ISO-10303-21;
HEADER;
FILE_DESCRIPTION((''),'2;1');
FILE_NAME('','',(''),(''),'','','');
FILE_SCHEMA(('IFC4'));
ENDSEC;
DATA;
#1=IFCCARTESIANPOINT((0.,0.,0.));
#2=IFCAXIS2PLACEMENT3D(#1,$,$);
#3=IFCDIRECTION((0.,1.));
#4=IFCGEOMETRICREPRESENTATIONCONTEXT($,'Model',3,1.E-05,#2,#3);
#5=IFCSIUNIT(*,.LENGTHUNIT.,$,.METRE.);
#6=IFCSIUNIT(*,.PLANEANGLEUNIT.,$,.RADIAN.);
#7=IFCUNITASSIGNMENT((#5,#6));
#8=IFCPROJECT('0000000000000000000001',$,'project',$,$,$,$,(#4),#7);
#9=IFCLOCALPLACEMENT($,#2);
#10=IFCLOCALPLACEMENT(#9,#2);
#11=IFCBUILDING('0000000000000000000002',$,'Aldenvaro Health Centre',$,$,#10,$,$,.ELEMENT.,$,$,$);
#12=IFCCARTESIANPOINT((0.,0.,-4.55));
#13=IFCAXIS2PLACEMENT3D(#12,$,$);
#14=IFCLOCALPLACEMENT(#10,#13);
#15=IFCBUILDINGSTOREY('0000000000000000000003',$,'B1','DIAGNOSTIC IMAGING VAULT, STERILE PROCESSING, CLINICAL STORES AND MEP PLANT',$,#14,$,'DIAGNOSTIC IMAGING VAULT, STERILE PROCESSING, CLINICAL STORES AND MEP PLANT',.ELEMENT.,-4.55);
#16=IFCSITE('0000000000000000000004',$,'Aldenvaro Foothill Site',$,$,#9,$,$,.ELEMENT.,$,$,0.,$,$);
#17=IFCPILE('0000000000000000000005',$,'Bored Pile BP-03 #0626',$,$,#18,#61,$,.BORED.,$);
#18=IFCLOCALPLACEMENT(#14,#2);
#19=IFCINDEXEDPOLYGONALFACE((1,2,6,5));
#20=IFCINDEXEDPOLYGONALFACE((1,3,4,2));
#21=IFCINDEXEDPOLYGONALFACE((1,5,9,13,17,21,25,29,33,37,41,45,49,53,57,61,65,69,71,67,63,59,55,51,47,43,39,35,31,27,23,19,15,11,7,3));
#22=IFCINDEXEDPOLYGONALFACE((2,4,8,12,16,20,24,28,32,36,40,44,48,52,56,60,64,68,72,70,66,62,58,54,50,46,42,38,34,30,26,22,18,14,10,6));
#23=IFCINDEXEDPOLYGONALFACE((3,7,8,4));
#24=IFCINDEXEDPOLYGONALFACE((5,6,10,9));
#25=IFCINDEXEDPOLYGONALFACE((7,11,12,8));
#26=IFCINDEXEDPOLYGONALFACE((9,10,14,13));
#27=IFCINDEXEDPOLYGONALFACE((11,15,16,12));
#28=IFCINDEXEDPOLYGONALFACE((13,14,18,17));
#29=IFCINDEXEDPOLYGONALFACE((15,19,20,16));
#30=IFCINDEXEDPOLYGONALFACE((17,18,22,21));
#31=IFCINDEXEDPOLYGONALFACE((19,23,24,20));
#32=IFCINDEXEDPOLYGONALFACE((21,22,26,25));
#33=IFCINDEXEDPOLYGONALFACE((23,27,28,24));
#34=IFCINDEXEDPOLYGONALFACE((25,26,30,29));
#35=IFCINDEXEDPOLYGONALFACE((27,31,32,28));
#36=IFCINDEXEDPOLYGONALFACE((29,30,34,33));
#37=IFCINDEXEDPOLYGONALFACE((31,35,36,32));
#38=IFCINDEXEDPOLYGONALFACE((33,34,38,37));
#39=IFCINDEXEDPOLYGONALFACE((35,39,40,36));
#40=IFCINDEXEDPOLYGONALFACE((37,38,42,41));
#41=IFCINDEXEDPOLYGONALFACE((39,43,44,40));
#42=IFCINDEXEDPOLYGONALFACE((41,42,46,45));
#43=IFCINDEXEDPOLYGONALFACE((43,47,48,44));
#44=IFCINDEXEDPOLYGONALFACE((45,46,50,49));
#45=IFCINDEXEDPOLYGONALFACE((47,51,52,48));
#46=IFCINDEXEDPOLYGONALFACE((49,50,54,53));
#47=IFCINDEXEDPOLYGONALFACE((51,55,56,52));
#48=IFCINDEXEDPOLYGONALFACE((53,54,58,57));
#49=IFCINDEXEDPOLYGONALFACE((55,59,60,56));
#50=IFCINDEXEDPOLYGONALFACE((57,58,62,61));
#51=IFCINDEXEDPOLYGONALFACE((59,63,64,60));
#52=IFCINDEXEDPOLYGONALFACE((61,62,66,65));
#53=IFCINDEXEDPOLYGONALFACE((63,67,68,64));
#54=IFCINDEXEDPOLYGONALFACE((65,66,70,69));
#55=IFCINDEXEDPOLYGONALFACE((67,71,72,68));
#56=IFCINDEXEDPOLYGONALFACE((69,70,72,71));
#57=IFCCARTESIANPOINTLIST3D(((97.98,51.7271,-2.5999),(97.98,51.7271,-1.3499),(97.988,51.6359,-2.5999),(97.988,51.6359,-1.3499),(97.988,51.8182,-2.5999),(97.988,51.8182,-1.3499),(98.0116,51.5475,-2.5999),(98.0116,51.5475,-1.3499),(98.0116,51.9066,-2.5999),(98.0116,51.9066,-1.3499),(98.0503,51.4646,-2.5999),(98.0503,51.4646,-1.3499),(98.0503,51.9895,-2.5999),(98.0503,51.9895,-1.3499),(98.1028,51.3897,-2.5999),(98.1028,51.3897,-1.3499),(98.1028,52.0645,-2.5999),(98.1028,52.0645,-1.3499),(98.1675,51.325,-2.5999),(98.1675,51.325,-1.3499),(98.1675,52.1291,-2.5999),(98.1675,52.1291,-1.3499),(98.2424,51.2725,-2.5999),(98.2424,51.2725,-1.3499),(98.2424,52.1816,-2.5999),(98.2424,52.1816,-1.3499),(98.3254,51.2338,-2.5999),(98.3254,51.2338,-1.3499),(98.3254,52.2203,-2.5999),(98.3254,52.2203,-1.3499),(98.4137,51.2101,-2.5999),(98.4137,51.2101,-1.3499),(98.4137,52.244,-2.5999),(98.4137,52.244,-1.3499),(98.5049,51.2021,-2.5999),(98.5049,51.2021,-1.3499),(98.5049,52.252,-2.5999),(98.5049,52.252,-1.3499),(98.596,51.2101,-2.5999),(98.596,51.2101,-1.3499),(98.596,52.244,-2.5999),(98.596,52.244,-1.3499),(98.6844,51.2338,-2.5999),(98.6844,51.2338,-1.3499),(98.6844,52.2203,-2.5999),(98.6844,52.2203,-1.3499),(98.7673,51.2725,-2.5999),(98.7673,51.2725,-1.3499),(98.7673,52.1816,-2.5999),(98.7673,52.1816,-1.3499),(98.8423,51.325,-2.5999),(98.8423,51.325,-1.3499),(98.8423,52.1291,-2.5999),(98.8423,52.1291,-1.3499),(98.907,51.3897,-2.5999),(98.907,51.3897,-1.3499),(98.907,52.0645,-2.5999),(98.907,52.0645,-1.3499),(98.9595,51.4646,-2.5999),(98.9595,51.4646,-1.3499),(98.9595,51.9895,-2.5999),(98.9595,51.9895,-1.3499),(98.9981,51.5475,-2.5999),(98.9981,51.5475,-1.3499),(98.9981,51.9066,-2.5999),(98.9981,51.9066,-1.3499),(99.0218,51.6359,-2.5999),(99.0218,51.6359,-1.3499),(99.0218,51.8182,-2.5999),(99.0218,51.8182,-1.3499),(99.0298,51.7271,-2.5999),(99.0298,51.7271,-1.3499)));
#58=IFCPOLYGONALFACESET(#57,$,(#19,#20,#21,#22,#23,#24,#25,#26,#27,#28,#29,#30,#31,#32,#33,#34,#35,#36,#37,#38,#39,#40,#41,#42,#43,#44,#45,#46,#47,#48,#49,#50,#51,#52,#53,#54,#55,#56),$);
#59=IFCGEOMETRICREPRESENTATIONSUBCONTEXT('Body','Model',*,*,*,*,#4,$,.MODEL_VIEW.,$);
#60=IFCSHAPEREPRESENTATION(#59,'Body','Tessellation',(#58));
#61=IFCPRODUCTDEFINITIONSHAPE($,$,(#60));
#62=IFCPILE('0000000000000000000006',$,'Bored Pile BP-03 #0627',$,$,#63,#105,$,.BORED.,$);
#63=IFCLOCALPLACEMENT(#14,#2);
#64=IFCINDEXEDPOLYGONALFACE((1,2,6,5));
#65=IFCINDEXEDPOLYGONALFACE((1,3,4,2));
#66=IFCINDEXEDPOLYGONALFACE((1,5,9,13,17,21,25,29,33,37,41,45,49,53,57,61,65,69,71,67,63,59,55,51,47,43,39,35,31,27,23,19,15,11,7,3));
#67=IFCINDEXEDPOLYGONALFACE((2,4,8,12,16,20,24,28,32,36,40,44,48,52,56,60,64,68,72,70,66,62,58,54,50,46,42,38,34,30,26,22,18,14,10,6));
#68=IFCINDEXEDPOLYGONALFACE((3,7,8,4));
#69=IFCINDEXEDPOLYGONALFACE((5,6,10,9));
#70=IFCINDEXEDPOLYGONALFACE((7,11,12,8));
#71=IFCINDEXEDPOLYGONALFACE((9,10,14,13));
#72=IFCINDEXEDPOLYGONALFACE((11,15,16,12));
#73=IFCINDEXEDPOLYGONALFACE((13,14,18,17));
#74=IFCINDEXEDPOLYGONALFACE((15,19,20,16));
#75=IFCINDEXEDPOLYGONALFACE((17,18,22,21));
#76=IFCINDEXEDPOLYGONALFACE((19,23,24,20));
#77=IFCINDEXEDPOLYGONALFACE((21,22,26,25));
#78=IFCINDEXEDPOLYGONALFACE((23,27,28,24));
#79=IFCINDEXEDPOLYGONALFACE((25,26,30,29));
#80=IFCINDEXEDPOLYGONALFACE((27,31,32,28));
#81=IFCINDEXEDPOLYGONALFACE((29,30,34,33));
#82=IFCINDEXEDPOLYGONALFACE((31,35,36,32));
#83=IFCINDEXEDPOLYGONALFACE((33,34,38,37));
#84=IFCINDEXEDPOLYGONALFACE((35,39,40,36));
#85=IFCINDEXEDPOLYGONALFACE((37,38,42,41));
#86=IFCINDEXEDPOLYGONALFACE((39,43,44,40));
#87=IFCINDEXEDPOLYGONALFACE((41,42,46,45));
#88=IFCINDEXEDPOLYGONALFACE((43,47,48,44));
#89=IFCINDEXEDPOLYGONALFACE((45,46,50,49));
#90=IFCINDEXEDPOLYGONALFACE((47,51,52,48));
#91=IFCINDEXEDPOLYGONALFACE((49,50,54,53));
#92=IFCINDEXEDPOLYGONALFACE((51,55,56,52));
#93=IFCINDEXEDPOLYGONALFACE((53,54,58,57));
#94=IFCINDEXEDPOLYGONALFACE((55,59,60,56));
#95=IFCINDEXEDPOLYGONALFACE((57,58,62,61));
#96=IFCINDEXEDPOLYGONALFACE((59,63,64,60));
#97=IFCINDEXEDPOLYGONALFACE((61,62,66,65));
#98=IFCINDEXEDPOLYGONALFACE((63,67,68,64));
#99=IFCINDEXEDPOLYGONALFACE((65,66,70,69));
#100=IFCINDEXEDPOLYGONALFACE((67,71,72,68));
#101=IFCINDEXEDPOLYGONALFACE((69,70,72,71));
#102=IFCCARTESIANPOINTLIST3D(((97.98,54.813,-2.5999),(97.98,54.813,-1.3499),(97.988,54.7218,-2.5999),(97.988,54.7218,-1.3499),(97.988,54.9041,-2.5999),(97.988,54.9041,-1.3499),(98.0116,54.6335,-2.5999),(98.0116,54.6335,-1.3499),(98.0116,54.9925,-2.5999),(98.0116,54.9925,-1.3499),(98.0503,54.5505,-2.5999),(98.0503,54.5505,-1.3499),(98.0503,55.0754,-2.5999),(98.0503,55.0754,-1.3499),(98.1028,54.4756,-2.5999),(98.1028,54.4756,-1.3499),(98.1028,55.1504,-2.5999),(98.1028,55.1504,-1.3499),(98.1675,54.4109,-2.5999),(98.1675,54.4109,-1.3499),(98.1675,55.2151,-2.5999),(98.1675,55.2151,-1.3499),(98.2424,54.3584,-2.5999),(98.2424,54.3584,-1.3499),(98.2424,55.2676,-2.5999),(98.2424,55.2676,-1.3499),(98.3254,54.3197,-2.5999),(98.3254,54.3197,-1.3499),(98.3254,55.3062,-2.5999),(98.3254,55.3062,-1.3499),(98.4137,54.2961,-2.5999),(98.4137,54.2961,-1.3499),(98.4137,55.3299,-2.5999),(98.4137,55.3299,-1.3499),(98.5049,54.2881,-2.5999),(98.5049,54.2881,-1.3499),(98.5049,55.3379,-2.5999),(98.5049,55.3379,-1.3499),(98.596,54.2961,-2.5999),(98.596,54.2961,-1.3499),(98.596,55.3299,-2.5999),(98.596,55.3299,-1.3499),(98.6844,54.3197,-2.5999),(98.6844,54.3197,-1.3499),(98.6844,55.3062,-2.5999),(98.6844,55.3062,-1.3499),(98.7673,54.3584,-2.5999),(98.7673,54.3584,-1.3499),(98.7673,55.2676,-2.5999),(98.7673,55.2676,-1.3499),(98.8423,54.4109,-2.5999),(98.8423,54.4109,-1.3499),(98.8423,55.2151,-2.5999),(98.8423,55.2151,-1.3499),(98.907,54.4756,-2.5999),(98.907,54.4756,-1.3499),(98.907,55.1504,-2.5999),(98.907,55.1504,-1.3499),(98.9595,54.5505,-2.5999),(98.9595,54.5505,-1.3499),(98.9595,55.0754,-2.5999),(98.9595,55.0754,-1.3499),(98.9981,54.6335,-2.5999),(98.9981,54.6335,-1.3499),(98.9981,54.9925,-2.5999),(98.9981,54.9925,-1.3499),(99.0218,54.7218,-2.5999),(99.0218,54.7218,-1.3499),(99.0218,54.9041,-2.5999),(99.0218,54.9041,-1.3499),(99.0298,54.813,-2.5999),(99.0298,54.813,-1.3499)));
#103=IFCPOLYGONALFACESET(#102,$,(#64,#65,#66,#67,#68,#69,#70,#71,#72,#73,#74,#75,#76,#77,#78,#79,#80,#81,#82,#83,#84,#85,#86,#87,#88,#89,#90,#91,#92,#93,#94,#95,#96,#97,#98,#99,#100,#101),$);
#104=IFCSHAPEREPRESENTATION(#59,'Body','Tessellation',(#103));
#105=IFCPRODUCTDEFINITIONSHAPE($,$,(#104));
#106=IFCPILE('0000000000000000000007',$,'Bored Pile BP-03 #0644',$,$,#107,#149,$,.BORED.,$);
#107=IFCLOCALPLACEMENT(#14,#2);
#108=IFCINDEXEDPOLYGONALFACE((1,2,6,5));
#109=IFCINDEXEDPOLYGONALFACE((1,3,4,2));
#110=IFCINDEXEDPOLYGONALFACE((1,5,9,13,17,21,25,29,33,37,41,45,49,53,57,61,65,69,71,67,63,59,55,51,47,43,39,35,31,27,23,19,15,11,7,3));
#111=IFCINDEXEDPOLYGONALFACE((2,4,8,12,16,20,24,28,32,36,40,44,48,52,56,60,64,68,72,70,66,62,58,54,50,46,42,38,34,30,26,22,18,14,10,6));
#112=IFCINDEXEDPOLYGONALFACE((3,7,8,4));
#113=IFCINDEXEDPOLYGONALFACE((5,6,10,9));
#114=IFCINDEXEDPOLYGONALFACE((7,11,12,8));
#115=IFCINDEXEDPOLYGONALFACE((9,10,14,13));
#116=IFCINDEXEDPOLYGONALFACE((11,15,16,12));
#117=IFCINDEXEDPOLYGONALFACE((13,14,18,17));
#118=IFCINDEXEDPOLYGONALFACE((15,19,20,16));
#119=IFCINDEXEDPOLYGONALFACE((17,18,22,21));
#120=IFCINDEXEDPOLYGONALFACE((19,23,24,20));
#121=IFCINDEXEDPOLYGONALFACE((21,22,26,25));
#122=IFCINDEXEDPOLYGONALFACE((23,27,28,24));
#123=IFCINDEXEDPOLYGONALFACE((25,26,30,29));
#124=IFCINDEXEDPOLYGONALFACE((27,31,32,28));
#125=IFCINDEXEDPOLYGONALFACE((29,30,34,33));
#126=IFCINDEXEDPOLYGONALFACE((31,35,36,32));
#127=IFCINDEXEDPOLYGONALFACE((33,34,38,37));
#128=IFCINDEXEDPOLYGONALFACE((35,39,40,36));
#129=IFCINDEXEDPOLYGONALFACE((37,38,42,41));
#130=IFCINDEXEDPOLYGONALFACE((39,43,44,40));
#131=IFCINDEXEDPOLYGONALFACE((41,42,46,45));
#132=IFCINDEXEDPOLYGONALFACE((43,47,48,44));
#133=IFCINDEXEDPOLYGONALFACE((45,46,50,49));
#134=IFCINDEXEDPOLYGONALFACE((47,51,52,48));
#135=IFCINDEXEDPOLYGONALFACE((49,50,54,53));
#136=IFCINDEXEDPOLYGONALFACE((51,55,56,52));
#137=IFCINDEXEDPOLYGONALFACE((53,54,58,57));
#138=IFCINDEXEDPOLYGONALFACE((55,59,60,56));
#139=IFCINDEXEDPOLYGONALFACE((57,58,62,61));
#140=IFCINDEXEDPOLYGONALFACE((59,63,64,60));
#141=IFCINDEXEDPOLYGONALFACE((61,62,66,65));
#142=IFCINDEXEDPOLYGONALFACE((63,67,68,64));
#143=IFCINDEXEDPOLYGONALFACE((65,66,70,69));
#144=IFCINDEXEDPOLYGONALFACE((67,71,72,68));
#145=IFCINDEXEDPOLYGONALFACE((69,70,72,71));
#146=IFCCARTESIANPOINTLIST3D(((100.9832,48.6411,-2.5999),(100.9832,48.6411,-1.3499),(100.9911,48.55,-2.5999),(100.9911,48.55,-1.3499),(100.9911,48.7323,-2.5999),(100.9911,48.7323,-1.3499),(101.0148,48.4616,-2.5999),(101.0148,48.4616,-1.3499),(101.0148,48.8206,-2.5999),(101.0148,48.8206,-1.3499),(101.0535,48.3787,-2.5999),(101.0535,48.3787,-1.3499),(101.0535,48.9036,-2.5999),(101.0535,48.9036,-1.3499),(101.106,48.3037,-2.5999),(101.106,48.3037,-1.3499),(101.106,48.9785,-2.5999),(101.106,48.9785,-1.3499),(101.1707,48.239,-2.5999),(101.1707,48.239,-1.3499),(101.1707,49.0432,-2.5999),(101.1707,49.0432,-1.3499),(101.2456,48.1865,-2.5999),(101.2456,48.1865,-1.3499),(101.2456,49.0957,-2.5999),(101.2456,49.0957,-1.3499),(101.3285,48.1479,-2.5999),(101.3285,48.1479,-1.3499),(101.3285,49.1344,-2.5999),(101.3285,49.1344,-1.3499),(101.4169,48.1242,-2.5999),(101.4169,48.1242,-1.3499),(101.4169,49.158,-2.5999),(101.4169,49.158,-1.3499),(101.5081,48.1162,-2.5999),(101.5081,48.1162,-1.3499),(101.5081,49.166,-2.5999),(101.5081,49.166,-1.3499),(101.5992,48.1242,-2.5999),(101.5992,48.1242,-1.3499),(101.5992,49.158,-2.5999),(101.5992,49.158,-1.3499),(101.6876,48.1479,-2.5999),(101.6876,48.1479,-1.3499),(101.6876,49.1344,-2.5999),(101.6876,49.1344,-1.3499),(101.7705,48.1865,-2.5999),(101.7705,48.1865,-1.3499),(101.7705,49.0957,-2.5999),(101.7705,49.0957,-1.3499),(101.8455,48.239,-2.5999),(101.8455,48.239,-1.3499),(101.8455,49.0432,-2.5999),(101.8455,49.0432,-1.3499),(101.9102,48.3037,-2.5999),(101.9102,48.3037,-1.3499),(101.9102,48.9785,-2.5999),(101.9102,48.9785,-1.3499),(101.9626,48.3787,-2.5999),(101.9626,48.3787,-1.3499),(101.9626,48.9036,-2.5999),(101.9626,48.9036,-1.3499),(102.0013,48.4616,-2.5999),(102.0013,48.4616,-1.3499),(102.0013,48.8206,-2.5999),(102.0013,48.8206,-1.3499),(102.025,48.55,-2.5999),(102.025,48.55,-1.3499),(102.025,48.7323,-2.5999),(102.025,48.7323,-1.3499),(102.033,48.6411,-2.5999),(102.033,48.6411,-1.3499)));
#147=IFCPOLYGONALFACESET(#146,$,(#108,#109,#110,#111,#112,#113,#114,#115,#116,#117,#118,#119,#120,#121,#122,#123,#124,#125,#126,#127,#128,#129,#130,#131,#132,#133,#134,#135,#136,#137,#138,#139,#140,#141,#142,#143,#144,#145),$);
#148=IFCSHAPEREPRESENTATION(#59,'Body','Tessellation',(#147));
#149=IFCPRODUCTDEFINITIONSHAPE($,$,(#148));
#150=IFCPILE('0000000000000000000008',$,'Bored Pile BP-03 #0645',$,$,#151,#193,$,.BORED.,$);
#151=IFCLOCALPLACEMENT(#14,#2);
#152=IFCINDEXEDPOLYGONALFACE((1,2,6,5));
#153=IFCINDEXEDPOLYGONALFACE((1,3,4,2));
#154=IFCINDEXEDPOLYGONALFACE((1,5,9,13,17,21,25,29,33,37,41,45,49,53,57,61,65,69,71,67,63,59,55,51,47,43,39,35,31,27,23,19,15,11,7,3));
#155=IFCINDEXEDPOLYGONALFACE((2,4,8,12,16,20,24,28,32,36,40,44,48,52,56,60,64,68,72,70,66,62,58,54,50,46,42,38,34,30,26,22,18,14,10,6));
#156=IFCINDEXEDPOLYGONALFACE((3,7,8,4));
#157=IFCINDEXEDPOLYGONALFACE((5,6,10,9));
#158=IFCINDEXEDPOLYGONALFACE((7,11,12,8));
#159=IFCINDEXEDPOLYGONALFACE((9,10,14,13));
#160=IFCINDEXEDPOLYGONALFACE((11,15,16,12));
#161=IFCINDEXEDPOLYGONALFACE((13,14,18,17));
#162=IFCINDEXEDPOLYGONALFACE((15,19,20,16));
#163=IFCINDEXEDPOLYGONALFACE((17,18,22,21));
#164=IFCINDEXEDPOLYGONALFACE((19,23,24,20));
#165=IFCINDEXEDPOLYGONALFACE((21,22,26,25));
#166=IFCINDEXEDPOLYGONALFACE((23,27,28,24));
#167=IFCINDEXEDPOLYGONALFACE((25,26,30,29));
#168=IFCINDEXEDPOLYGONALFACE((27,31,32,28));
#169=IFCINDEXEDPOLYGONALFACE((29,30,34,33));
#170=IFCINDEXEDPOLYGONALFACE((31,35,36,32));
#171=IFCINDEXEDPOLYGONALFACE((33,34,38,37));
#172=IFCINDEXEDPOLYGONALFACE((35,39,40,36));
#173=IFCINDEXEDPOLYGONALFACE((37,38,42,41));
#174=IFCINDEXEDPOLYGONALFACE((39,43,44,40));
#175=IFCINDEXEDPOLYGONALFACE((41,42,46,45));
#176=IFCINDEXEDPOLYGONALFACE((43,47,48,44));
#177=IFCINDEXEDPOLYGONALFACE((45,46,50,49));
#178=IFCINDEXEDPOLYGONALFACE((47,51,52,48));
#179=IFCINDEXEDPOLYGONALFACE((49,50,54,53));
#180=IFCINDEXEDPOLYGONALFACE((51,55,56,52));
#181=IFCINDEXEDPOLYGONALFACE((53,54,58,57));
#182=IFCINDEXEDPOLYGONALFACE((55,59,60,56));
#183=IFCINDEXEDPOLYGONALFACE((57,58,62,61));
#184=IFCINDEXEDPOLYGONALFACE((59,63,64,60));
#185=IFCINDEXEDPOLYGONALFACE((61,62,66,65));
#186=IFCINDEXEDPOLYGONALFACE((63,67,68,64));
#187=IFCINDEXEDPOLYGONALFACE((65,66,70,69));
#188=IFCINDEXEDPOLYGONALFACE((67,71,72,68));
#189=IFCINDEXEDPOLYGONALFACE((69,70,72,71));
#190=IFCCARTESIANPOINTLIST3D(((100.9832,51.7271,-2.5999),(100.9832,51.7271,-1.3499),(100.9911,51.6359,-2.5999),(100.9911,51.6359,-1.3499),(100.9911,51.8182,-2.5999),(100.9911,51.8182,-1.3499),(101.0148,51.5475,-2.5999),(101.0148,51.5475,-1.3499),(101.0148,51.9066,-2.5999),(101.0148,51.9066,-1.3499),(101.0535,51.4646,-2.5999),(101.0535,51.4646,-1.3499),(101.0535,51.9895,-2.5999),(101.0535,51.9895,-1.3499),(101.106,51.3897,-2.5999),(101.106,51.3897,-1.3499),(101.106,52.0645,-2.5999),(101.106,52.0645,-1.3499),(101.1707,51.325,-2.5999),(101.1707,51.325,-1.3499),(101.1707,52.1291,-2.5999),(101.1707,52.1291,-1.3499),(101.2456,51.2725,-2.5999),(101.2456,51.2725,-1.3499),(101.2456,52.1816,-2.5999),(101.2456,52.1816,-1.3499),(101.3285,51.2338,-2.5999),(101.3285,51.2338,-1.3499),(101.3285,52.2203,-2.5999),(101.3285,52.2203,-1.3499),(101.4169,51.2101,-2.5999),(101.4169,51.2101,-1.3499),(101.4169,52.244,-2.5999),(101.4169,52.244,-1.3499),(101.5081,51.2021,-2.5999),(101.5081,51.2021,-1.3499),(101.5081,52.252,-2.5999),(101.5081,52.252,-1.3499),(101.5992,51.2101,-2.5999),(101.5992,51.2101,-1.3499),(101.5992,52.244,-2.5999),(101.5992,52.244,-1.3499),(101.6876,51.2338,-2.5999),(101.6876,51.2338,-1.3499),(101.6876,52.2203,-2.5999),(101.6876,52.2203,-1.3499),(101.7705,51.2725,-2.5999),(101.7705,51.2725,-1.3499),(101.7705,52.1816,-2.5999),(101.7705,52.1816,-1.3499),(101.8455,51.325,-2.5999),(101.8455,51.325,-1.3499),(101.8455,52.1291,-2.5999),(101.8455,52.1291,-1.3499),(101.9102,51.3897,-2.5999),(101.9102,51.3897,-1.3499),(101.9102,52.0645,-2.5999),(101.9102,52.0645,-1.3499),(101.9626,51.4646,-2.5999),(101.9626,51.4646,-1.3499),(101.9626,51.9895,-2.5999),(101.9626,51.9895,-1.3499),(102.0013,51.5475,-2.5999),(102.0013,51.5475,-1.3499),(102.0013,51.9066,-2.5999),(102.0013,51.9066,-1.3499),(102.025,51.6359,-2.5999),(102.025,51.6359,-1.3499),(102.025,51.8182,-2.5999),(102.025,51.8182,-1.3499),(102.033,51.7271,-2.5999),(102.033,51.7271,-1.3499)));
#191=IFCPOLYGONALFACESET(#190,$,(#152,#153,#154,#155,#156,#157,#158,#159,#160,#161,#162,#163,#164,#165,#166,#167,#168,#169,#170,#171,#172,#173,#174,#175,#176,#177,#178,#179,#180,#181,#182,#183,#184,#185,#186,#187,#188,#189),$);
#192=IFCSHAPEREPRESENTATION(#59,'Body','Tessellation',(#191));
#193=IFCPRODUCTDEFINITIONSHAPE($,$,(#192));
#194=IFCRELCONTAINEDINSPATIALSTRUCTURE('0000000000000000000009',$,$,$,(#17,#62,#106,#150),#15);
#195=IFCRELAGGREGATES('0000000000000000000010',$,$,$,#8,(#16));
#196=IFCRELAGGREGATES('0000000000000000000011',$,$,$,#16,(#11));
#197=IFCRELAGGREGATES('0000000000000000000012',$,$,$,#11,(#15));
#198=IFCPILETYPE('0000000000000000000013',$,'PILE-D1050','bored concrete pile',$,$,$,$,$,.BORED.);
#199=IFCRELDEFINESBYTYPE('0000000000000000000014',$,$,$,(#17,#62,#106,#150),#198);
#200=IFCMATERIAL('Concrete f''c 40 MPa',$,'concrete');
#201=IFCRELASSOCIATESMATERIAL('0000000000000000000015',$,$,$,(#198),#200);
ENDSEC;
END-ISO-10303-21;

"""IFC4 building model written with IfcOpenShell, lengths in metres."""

from ifc_helpers import new_model, si_unit, direction, frame, origin, origin_2d, place, context, subcontext, project, spatial, circle, extrude, material, material_profile, profile_set, type_object, element, save


model = new_model("IFC4")

# Units and contexts
model_context = context("Model", 3, precision=1e-05, world=origin(), true_north=direction((0.0, 1.0)))
body_context = subcontext(model_context, "Body", "Model", "MODEL_VIEW")
ifc_project = project(units=[si_unit("LENGTHUNIT", "METRE"), si_unit("PLANEANGLEUNIT", "RADIAN")], contexts=[model_context])

# Site, building, storey
site_placement = place(None, origin())
site = spatial("IfcSite", under=ifc_project, at=site_placement, Name="Aldenvaro Foothill Site", CompositionType="ELEMENT", RefElevation=0.0)
building_placement = place(site_placement, origin())
building = spatial("IfcBuilding", under=site, at=building_placement, Name="Aldenvaro Health Centre", CompositionType="ELEMENT")
storey_placement = place(building_placement, frame((0.0, 0.0, -4.55)))
storey = spatial("IfcBuildingStorey", under=building, at=storey_placement, Name="B1", Description="DIAGNOSTIC IMAGING VAULT, STERILE PROCESSING, CLINICAL STORES AND MEP PLANT", LongName="DIAGNOSTIC IMAGING VAULT, STERILE PROCESSING, CLINICAL STORES AND MEP PLANT", CompositionType="ELEMENT", Elevation=-4.55)

# Piles
ifc_material = material(Name="Concrete f'c 40 MPa", Category="concrete")
ifc_material_profile_1 = material_profile(ifc_material, circle(Radius=0.5249, at=origin_2d()), Name="PILE D1050", Category="concrete")
ifc_profile_set_1 = profile_set([ifc_material_profile_1], Name="Concrete f'c 40 MPa")
pile_type = type_object("IfcPileType", Name="PILE-D1050", Description="bored concrete pile", PredefinedType="BORED", material=ifc_profile_set_1)
for number, where, z_axis, x_axis, name in (
    (1, (98.5049, 51.7271, -1.3499), (0.0, 0.0, -1.0), (1.0, 0.0, 0.0), "Bored Pile BP-03 #0626"),
    (2, (98.5049, 54.813, -1.3499), (0.0, 0.0, -1.0), (1.0, 0.0, 0.0), "Bored Pile BP-03 #0627"),
    (3, (101.5081, 48.6411, -1.3499), (0.0, 0.0, -1.0), (1.0, 0.0, 0.0), "Bored Pile BP-03 #0644"),
    (4, (101.5081, 51.7271, -1.3499), (0.0, 0.0, -1.0), (1.0, 0.0, 0.0), "Bored Pile BP-03 #0645"),
):
    element("IfcPile", number, at=place(storey_placement, frame(where, z_axis=z_axis, x_axis=x_axis)), inside=storey, type_object=pile_type, Name=name, PredefinedType="BORED", context=body_context, shape_type="SweptSolid", body=[
        extrude(circle(Radius=0.5249, at=origin_2d()), origin(), (0.0, 0.0, 1.0), 1.25),
    ])

save(model, "model.ifc")
